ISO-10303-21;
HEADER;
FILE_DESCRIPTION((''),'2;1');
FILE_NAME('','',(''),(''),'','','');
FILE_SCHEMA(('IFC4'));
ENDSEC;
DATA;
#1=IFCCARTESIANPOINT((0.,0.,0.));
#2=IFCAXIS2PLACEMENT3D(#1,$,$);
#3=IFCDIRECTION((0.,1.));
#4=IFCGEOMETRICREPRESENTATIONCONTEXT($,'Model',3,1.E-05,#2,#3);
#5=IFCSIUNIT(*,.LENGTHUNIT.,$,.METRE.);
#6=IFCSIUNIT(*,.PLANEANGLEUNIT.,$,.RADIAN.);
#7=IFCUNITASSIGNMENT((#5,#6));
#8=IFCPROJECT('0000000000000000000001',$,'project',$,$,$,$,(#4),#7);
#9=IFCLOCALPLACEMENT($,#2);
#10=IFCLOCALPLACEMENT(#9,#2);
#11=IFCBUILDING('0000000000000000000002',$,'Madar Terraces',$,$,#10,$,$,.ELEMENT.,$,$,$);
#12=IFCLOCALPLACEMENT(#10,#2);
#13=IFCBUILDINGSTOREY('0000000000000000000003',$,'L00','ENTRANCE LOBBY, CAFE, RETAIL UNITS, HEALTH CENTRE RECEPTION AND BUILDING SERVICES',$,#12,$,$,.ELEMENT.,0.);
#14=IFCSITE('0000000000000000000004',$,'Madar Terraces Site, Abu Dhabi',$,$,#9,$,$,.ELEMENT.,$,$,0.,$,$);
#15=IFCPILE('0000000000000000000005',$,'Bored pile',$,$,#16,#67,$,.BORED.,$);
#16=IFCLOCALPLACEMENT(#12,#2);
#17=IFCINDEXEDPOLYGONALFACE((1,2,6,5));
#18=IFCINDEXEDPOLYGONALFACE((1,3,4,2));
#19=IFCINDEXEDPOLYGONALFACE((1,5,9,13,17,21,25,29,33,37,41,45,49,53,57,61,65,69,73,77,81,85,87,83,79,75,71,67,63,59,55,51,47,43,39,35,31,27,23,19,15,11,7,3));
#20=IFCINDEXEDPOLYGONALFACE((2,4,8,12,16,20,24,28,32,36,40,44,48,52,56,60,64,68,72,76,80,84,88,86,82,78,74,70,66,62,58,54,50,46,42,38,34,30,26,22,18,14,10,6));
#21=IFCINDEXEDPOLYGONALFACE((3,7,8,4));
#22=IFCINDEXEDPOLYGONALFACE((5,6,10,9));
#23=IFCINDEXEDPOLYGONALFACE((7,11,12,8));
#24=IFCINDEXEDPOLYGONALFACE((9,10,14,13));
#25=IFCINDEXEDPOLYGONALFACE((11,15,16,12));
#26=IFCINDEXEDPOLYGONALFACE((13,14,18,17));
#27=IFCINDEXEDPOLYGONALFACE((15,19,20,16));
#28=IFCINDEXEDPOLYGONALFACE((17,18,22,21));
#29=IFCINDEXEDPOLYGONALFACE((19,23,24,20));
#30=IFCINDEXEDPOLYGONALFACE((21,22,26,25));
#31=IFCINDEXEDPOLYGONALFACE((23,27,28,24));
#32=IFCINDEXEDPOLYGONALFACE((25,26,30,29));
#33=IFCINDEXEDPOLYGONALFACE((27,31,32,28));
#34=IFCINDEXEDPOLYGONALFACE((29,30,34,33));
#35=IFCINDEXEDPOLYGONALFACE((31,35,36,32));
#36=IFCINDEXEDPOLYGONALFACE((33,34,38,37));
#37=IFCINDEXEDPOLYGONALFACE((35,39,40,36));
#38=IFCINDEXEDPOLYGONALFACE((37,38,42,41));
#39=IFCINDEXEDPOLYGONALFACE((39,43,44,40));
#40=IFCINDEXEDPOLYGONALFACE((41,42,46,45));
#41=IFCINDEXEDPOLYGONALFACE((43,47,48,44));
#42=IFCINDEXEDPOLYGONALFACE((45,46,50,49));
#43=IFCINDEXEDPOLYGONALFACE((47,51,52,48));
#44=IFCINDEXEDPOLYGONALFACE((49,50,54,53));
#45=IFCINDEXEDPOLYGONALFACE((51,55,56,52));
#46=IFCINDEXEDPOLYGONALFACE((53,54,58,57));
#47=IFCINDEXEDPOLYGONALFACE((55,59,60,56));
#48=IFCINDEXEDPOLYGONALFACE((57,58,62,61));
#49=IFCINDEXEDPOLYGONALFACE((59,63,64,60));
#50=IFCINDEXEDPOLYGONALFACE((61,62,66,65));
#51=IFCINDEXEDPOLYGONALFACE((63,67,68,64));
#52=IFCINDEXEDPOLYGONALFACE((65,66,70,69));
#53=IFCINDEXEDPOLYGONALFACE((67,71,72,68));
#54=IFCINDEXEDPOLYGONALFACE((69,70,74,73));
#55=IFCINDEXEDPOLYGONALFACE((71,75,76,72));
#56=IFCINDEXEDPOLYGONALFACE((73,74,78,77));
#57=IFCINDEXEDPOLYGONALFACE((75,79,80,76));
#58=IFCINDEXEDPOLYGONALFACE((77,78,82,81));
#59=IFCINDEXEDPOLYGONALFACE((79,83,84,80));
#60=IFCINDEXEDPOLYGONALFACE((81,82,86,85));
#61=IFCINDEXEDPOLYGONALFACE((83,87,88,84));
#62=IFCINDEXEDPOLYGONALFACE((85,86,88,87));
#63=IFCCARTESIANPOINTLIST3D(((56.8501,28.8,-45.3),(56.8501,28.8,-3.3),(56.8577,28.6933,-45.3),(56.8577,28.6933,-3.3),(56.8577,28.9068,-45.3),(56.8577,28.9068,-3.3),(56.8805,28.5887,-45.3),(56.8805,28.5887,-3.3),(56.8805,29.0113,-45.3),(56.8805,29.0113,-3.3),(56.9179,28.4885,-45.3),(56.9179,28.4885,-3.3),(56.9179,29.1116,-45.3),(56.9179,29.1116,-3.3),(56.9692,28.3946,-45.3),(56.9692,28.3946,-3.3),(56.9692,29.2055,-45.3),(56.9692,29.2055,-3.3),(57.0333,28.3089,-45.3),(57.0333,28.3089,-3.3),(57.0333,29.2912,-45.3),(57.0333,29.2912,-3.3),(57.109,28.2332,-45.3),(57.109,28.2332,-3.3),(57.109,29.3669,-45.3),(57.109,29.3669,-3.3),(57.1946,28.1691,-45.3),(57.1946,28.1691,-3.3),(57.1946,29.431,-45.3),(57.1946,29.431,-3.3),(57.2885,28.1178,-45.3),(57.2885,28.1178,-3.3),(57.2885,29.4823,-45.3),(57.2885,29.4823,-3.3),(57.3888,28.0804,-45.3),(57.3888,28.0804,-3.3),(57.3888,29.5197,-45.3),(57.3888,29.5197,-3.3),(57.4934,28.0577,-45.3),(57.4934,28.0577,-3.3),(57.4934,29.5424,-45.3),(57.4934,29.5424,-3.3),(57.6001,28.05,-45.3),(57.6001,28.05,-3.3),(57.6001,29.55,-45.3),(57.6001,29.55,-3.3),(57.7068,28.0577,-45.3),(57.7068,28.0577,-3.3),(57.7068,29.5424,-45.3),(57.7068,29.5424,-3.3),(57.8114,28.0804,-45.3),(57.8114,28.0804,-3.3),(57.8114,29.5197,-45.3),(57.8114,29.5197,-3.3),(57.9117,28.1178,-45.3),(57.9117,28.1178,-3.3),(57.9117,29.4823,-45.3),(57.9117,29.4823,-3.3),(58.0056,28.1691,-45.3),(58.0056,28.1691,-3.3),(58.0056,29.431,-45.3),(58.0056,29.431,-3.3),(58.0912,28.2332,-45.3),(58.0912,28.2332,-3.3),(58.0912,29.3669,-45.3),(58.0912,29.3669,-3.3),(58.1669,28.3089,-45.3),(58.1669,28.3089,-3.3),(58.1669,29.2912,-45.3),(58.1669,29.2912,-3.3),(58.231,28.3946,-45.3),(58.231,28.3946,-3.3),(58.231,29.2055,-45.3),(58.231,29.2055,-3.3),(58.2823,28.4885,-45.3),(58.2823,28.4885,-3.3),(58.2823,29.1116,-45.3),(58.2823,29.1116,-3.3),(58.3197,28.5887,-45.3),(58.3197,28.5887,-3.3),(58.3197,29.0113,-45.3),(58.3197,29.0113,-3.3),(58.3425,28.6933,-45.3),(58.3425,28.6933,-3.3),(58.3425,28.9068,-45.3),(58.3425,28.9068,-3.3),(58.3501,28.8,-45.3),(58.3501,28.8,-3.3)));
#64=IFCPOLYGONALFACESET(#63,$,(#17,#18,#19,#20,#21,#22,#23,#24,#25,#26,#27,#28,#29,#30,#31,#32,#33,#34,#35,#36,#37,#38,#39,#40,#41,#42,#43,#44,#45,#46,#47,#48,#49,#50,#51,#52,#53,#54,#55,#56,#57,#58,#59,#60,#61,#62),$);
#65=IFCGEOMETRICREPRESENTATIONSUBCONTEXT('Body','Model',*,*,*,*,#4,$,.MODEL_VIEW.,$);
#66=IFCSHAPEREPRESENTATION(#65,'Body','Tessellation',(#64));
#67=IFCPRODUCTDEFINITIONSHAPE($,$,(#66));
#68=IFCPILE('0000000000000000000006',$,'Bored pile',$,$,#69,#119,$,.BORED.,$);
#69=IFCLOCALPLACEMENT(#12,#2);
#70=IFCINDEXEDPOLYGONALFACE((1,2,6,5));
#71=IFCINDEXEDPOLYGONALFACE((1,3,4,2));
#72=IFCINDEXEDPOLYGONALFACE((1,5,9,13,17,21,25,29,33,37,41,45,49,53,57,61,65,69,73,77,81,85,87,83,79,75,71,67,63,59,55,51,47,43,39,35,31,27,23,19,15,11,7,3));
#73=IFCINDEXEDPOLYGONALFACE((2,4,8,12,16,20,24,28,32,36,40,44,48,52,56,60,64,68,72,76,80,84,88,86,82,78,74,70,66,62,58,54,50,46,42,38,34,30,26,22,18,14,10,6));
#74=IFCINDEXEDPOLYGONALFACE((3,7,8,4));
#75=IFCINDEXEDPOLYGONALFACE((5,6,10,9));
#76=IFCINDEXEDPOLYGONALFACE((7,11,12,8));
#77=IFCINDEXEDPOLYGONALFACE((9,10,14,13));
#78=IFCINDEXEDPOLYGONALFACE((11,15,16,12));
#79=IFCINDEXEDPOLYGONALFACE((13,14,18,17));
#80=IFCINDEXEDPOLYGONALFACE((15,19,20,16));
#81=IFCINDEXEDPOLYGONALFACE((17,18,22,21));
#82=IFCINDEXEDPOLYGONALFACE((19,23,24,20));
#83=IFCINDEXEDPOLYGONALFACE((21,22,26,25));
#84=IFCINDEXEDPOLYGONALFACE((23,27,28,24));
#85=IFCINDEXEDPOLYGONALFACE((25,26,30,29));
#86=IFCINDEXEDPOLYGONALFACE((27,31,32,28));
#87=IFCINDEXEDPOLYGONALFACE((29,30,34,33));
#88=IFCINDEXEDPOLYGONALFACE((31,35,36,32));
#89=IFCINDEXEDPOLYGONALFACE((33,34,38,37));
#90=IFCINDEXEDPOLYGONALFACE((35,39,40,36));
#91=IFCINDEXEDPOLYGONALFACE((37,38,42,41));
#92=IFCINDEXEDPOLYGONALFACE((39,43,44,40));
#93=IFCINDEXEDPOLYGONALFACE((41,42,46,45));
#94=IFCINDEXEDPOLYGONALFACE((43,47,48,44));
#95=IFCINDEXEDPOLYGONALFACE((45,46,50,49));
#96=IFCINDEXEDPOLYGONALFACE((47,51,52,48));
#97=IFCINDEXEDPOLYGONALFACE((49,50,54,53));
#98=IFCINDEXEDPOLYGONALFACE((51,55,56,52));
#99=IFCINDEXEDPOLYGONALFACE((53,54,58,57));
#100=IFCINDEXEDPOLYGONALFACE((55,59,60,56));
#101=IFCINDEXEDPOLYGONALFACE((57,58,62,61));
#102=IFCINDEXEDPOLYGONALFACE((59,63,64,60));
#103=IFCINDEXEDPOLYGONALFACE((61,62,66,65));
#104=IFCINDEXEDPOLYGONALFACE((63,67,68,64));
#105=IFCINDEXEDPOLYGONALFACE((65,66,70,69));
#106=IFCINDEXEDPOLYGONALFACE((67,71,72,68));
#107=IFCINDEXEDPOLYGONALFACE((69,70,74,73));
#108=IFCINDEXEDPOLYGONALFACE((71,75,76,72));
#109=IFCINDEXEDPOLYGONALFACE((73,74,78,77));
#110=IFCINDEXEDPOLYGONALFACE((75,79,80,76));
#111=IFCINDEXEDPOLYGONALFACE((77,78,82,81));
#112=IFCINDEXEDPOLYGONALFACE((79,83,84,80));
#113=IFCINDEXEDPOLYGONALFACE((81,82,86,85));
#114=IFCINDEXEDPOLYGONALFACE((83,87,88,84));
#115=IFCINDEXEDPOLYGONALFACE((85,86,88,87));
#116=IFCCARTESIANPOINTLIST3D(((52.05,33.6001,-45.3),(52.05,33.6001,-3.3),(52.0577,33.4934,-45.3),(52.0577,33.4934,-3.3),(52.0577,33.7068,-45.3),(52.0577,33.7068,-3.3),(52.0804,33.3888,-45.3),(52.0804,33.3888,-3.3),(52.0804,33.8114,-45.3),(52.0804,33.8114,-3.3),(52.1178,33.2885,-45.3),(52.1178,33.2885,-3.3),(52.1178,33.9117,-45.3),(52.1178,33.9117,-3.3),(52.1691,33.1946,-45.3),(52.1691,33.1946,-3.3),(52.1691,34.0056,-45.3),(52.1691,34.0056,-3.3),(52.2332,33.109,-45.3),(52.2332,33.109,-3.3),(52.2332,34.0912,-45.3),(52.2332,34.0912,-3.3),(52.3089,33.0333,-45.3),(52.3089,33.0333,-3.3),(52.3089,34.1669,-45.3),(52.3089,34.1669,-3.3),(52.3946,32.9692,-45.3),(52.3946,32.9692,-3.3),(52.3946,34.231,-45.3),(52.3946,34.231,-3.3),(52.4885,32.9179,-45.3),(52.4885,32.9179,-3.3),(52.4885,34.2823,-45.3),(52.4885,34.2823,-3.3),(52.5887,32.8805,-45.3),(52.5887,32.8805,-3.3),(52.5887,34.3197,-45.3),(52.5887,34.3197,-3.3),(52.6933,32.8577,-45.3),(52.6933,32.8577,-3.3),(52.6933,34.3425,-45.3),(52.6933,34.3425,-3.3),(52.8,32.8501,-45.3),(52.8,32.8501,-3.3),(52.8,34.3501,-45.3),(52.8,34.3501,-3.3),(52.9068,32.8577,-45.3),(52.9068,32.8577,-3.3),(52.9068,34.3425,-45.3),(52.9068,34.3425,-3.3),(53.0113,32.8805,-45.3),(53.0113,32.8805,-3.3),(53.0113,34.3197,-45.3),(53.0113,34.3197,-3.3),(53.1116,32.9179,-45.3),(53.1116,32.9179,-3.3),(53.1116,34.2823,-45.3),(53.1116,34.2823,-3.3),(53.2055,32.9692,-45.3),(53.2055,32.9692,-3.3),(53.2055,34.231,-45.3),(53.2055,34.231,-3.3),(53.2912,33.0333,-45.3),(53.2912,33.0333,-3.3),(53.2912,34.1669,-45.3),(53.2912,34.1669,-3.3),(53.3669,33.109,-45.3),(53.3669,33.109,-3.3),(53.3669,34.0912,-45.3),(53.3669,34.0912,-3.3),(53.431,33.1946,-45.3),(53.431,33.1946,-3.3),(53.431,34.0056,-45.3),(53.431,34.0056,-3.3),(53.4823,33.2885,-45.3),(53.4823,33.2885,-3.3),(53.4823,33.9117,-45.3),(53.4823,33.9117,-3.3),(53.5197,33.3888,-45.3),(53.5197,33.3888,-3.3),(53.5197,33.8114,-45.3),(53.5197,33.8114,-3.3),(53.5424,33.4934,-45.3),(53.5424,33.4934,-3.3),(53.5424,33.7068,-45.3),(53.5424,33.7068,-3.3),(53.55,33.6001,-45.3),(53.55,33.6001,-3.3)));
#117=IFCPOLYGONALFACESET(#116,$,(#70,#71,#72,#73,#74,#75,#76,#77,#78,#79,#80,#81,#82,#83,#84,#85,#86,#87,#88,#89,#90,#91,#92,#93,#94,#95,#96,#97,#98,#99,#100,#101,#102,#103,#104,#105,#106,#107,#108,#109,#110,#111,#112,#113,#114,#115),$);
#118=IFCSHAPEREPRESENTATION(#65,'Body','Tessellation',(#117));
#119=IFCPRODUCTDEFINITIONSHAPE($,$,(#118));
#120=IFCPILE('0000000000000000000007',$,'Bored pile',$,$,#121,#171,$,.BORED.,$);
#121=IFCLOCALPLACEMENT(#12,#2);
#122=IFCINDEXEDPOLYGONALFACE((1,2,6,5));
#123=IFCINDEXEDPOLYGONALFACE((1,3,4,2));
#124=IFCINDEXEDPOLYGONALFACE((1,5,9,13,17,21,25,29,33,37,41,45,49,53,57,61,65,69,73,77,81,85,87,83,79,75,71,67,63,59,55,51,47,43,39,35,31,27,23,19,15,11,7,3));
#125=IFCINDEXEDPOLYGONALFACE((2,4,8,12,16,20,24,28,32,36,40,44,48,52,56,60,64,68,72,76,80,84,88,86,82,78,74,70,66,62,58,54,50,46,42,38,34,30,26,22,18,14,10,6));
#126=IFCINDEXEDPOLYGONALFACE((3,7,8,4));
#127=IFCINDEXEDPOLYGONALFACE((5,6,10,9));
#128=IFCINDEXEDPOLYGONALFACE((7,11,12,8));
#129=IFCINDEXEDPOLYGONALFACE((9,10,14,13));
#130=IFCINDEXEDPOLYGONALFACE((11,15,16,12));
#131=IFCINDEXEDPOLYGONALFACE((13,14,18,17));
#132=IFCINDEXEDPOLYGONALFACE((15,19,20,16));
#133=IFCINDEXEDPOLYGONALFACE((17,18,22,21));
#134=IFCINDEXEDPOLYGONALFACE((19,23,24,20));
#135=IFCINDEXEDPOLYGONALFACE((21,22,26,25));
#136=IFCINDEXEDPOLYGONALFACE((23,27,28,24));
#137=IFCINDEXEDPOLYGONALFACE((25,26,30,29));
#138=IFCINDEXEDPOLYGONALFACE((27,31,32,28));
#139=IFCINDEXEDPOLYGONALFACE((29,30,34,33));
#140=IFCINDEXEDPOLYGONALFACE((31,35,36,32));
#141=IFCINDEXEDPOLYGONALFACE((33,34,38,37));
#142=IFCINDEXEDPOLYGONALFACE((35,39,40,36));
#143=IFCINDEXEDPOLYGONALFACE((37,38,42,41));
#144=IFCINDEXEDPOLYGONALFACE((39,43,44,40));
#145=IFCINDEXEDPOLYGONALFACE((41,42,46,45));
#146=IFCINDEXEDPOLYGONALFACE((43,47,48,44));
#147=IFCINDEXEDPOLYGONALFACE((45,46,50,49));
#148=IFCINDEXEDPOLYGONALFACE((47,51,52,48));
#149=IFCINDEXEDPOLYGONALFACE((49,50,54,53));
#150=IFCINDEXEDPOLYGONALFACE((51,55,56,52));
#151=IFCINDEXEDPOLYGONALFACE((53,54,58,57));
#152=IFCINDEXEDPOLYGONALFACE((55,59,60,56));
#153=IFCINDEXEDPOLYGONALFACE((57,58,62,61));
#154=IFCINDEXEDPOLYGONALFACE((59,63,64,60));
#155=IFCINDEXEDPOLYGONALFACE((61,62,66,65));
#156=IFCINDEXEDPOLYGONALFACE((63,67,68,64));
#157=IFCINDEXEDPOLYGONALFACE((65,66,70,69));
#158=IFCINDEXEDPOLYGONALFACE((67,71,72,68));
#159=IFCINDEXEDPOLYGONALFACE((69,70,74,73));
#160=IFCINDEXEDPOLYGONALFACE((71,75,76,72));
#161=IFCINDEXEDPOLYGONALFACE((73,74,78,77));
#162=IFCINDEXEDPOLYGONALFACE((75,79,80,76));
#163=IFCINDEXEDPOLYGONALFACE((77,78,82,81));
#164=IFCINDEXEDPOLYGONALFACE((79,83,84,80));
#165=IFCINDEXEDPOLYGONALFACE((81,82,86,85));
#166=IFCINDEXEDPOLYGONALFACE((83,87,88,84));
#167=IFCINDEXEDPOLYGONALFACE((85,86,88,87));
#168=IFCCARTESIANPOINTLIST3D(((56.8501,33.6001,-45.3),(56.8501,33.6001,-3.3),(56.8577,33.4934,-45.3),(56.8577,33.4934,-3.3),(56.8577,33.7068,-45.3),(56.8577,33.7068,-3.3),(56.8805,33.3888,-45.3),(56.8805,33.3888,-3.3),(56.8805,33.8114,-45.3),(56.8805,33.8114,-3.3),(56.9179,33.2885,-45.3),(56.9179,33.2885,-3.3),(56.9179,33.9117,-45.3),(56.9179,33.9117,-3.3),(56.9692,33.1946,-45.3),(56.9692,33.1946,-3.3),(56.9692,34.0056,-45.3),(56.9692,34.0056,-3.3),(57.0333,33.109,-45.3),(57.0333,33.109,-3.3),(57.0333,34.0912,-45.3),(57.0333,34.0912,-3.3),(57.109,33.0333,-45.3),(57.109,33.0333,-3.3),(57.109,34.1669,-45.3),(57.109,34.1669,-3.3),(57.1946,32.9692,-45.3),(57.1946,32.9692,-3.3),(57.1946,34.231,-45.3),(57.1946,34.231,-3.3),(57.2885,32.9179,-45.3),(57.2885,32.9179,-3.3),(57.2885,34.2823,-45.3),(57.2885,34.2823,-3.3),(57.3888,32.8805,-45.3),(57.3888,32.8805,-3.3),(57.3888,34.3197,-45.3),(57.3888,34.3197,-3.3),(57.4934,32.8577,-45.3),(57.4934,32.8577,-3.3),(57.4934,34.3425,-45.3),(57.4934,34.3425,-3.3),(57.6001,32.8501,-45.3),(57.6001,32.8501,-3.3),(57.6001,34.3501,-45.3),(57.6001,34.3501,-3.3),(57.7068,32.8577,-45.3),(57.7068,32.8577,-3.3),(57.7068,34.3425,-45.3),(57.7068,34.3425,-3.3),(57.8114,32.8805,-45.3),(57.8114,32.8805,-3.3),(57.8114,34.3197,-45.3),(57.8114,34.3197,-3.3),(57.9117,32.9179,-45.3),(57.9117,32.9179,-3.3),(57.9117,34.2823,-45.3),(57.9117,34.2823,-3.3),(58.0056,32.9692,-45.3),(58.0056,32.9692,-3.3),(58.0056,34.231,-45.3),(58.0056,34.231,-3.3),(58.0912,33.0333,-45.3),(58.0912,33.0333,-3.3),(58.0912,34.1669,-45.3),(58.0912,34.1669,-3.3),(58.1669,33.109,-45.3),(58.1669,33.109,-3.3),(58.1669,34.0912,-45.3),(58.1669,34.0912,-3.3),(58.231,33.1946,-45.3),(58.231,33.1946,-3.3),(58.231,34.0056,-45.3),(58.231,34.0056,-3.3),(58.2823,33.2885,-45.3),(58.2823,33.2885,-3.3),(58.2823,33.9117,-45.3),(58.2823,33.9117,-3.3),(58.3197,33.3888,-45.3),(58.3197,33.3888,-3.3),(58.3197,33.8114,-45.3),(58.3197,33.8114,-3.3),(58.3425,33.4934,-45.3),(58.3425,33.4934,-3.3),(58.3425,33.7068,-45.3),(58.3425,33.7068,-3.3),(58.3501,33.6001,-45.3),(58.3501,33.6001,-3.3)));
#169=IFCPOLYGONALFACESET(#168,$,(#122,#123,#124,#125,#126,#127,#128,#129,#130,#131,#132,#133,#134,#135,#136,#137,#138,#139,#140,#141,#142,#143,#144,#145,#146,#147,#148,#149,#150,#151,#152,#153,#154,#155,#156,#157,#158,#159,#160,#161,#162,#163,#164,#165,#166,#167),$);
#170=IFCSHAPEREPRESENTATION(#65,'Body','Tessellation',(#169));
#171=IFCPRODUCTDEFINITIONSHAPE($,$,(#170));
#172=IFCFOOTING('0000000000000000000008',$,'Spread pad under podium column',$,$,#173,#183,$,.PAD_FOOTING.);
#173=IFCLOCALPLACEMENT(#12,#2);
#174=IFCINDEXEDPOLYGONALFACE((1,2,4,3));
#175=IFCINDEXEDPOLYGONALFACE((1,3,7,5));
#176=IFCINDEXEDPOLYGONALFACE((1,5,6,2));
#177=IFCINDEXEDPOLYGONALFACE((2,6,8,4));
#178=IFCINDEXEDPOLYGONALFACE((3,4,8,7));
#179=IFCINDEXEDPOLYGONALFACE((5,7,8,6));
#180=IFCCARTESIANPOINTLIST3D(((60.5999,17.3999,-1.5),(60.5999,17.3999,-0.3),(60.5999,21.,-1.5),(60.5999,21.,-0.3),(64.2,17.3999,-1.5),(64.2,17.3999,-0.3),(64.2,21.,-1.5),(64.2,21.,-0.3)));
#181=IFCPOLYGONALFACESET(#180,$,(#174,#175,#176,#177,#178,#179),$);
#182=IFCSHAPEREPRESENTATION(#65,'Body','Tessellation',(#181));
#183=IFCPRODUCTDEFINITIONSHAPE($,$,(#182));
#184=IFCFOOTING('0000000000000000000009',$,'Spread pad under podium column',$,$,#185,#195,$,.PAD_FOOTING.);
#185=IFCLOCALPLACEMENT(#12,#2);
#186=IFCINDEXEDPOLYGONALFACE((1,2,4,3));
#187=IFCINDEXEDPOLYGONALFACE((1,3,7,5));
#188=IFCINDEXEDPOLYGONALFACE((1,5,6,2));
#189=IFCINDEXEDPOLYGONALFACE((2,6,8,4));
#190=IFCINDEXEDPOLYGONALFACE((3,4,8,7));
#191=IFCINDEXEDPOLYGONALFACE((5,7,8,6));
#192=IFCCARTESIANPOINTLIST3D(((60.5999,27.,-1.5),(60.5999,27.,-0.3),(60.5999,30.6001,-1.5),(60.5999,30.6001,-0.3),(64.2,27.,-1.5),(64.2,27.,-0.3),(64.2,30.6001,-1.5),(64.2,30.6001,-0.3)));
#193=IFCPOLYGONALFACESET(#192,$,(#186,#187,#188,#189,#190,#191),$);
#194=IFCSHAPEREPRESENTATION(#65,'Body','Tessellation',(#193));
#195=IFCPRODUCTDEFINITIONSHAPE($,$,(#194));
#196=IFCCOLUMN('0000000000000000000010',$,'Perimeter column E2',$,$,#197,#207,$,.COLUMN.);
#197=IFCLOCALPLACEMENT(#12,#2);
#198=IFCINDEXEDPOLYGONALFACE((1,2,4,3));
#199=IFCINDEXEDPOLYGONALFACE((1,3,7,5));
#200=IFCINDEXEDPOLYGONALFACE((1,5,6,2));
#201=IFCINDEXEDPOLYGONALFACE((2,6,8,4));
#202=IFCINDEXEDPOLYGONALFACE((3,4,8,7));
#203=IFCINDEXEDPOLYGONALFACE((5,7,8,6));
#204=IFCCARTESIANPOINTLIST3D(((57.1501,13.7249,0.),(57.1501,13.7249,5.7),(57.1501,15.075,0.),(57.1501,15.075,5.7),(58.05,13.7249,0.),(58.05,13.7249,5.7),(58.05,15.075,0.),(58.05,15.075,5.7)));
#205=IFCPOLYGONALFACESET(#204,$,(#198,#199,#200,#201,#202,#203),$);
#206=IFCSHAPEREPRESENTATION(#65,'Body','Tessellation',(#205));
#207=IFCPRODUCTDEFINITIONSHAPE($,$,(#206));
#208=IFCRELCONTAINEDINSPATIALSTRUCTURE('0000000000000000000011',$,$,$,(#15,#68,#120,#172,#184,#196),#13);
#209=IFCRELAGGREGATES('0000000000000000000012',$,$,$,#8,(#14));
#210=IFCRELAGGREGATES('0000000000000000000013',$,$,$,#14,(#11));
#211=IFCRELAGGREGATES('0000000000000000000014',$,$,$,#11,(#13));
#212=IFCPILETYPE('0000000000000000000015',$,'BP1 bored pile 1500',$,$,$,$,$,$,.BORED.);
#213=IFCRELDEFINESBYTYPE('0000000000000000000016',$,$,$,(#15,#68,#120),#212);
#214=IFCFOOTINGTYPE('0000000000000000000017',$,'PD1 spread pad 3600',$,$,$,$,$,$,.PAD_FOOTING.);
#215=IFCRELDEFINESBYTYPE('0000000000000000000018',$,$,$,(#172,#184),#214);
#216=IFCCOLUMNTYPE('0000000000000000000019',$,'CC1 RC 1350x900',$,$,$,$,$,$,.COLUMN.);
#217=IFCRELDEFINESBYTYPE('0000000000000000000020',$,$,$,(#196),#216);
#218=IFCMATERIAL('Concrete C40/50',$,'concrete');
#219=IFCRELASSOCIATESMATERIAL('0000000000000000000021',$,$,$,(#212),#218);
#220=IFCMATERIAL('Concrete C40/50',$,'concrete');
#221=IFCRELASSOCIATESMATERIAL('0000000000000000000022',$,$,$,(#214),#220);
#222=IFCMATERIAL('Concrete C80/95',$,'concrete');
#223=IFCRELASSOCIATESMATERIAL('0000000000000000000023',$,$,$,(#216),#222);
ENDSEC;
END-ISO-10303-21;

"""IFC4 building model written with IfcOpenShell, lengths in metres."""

from ifc_helpers import new_model, si_unit, direction, frame, origin, origin_2d, place, context, subcontext, project, spatial, rectangle, circle, extrude, material, material_profile, profile_set, type_object, element, save


model = new_model("IFC4")

# Units and contexts
model_context = context("Model", 3, precision=1e-05, world=origin(), true_north=direction((0.0, 1.0)))
body_context = subcontext(model_context, "Body", "Model", "MODEL_VIEW")
ifc_project = project(units=[si_unit("LENGTHUNIT", "METRE"), si_unit("PLANEANGLEUNIT", "RADIAN")], contexts=[model_context])

# Site, building, storey
site_placement = place(None, origin())
site = spatial("IfcSite", under=ifc_project, at=site_placement, Name="Madar Terraces Site, Abu Dhabi", CompositionType="ELEMENT", RefElevation=0.0)
building_placement = place(site_placement, origin())
building = spatial("IfcBuilding", under=site, at=building_placement, Name="Madar Terraces", CompositionType="ELEMENT")
storey_placement = place(building_placement, origin())
storey = spatial("IfcBuildingStorey", under=building, at=storey_placement, Name="L00", Description="ENTRANCE LOBBY, CAFE, RETAIL UNITS, HEALTH CENTRE RECEPTION AND BUILDING SERVICES", CompositionType="ELEMENT", Elevation=0.0)

# Piles
ifc_material_1 = material(Name="Concrete C40/50", Category="concrete")
ifc_material_profile_1 = material_profile(ifc_material_1, circle(Radius=0.75, at=origin_2d()), Name="BP1 bored pile 1500")
ifc_profile_set_1 = profile_set([ifc_material_profile_1], Name="Concrete C40/50")
pile_type = type_object("IfcPileType", Name="BP1 bored pile 1500", PredefinedType="BORED", material=ifc_profile_set_1)
for number, where, z_axis, x_axis, name in (
    (1, (57.6001, 28.8, -3.3), (0.0, 0.0, -1.0), (1.0, 0.0, 0.0), "Bored pile"),
    (2, (52.8, 33.6001, -3.3), (0.0, 0.0, -1.0), (1.0, 0.0, 0.0), "Bored pile"),
    (3, (57.6001, 33.6001, -3.3), (0.0, 0.0, -1.0), (1.0, 0.0, 0.0), "Bored pile"),
):
    element("IfcPile", number, at=place(storey_placement, frame(where, z_axis=z_axis, x_axis=x_axis)), inside=storey, type_object=pile_type, Name=name, PredefinedType="BORED", context=body_context, shape_type="SweptSolid", body=[
        extrude(circle(Radius=0.75, at=origin_2d()), origin(), (0.0, 0.0, 1.0), 42.0),
    ])

# Footings
ifc_material_2 = material(Name="Concrete C40/50", Category="concrete")
footing_type = type_object("IfcFootingType", Name="PD1 spread pad 3600", PredefinedType="PAD_FOOTING", material=ifc_material_2)
for number, where, z_axis, x_axis, name in (
    (4, (62.3999, 19.2, -1.5), (0.0, 0.0, 1.0), (1.0, 0.0, 0.0), "Spread pad under podium column"),
    (5, (62.3999, 28.8, -1.5), (0.0, 0.0, 1.0), (1.0, 0.0, 0.0), "Spread pad under podium column"),
):
    element("IfcFooting", number, at=place(storey_placement, frame(where, z_axis=z_axis, x_axis=x_axis)), inside=storey, type_object=footing_type, Name=name, PredefinedType="PAD_FOOTING", context=body_context, shape_type="SweptSolid", body=[
        extrude(rectangle(XDim=3.6001, YDim=3.6001, at=origin_2d()), origin(), (0.0, 0.0, 1.0), 1.2),
    ])

# Column
ifc_material_3 = material(Name="Concrete C80/95", Category="concrete")
ifc_material_profile_2 = material_profile(ifc_material_3, rectangle(XDim=1.3501, YDim=0.8999, at=origin_2d()), Name="CC1 RC 1350x900")
ifc_profile_set_2 = profile_set([ifc_material_profile_2], Name="Concrete C80/95")
column_type_1 = type_object("IfcColumnType", Name="CC1 RC 1350x900", PredefinedType="COLUMN", material=ifc_profile_set_2)
for number, where, z_axis, x_axis, name in (
    (6, (57.6001, 14.3999, 0.0), (0.0, 0.0, 1.0), (0.0, 1.0, 0.0), "Perimeter column E2"),
):
    element("IfcColumn", number, at=place(storey_placement, frame(where, z_axis=z_axis, x_axis=x_axis)), inside=storey, type_object=column_type_1, Name=name, PredefinedType="COLUMN", context=body_context, shape_type="SweptSolid", body=[
        extrude(rectangle(XDim=1.3501, YDim=0.8999, at=origin_2d()), origin(), (0.0, 0.0, 1.0), 5.7),
    ])

save(model, "model.ifc")
